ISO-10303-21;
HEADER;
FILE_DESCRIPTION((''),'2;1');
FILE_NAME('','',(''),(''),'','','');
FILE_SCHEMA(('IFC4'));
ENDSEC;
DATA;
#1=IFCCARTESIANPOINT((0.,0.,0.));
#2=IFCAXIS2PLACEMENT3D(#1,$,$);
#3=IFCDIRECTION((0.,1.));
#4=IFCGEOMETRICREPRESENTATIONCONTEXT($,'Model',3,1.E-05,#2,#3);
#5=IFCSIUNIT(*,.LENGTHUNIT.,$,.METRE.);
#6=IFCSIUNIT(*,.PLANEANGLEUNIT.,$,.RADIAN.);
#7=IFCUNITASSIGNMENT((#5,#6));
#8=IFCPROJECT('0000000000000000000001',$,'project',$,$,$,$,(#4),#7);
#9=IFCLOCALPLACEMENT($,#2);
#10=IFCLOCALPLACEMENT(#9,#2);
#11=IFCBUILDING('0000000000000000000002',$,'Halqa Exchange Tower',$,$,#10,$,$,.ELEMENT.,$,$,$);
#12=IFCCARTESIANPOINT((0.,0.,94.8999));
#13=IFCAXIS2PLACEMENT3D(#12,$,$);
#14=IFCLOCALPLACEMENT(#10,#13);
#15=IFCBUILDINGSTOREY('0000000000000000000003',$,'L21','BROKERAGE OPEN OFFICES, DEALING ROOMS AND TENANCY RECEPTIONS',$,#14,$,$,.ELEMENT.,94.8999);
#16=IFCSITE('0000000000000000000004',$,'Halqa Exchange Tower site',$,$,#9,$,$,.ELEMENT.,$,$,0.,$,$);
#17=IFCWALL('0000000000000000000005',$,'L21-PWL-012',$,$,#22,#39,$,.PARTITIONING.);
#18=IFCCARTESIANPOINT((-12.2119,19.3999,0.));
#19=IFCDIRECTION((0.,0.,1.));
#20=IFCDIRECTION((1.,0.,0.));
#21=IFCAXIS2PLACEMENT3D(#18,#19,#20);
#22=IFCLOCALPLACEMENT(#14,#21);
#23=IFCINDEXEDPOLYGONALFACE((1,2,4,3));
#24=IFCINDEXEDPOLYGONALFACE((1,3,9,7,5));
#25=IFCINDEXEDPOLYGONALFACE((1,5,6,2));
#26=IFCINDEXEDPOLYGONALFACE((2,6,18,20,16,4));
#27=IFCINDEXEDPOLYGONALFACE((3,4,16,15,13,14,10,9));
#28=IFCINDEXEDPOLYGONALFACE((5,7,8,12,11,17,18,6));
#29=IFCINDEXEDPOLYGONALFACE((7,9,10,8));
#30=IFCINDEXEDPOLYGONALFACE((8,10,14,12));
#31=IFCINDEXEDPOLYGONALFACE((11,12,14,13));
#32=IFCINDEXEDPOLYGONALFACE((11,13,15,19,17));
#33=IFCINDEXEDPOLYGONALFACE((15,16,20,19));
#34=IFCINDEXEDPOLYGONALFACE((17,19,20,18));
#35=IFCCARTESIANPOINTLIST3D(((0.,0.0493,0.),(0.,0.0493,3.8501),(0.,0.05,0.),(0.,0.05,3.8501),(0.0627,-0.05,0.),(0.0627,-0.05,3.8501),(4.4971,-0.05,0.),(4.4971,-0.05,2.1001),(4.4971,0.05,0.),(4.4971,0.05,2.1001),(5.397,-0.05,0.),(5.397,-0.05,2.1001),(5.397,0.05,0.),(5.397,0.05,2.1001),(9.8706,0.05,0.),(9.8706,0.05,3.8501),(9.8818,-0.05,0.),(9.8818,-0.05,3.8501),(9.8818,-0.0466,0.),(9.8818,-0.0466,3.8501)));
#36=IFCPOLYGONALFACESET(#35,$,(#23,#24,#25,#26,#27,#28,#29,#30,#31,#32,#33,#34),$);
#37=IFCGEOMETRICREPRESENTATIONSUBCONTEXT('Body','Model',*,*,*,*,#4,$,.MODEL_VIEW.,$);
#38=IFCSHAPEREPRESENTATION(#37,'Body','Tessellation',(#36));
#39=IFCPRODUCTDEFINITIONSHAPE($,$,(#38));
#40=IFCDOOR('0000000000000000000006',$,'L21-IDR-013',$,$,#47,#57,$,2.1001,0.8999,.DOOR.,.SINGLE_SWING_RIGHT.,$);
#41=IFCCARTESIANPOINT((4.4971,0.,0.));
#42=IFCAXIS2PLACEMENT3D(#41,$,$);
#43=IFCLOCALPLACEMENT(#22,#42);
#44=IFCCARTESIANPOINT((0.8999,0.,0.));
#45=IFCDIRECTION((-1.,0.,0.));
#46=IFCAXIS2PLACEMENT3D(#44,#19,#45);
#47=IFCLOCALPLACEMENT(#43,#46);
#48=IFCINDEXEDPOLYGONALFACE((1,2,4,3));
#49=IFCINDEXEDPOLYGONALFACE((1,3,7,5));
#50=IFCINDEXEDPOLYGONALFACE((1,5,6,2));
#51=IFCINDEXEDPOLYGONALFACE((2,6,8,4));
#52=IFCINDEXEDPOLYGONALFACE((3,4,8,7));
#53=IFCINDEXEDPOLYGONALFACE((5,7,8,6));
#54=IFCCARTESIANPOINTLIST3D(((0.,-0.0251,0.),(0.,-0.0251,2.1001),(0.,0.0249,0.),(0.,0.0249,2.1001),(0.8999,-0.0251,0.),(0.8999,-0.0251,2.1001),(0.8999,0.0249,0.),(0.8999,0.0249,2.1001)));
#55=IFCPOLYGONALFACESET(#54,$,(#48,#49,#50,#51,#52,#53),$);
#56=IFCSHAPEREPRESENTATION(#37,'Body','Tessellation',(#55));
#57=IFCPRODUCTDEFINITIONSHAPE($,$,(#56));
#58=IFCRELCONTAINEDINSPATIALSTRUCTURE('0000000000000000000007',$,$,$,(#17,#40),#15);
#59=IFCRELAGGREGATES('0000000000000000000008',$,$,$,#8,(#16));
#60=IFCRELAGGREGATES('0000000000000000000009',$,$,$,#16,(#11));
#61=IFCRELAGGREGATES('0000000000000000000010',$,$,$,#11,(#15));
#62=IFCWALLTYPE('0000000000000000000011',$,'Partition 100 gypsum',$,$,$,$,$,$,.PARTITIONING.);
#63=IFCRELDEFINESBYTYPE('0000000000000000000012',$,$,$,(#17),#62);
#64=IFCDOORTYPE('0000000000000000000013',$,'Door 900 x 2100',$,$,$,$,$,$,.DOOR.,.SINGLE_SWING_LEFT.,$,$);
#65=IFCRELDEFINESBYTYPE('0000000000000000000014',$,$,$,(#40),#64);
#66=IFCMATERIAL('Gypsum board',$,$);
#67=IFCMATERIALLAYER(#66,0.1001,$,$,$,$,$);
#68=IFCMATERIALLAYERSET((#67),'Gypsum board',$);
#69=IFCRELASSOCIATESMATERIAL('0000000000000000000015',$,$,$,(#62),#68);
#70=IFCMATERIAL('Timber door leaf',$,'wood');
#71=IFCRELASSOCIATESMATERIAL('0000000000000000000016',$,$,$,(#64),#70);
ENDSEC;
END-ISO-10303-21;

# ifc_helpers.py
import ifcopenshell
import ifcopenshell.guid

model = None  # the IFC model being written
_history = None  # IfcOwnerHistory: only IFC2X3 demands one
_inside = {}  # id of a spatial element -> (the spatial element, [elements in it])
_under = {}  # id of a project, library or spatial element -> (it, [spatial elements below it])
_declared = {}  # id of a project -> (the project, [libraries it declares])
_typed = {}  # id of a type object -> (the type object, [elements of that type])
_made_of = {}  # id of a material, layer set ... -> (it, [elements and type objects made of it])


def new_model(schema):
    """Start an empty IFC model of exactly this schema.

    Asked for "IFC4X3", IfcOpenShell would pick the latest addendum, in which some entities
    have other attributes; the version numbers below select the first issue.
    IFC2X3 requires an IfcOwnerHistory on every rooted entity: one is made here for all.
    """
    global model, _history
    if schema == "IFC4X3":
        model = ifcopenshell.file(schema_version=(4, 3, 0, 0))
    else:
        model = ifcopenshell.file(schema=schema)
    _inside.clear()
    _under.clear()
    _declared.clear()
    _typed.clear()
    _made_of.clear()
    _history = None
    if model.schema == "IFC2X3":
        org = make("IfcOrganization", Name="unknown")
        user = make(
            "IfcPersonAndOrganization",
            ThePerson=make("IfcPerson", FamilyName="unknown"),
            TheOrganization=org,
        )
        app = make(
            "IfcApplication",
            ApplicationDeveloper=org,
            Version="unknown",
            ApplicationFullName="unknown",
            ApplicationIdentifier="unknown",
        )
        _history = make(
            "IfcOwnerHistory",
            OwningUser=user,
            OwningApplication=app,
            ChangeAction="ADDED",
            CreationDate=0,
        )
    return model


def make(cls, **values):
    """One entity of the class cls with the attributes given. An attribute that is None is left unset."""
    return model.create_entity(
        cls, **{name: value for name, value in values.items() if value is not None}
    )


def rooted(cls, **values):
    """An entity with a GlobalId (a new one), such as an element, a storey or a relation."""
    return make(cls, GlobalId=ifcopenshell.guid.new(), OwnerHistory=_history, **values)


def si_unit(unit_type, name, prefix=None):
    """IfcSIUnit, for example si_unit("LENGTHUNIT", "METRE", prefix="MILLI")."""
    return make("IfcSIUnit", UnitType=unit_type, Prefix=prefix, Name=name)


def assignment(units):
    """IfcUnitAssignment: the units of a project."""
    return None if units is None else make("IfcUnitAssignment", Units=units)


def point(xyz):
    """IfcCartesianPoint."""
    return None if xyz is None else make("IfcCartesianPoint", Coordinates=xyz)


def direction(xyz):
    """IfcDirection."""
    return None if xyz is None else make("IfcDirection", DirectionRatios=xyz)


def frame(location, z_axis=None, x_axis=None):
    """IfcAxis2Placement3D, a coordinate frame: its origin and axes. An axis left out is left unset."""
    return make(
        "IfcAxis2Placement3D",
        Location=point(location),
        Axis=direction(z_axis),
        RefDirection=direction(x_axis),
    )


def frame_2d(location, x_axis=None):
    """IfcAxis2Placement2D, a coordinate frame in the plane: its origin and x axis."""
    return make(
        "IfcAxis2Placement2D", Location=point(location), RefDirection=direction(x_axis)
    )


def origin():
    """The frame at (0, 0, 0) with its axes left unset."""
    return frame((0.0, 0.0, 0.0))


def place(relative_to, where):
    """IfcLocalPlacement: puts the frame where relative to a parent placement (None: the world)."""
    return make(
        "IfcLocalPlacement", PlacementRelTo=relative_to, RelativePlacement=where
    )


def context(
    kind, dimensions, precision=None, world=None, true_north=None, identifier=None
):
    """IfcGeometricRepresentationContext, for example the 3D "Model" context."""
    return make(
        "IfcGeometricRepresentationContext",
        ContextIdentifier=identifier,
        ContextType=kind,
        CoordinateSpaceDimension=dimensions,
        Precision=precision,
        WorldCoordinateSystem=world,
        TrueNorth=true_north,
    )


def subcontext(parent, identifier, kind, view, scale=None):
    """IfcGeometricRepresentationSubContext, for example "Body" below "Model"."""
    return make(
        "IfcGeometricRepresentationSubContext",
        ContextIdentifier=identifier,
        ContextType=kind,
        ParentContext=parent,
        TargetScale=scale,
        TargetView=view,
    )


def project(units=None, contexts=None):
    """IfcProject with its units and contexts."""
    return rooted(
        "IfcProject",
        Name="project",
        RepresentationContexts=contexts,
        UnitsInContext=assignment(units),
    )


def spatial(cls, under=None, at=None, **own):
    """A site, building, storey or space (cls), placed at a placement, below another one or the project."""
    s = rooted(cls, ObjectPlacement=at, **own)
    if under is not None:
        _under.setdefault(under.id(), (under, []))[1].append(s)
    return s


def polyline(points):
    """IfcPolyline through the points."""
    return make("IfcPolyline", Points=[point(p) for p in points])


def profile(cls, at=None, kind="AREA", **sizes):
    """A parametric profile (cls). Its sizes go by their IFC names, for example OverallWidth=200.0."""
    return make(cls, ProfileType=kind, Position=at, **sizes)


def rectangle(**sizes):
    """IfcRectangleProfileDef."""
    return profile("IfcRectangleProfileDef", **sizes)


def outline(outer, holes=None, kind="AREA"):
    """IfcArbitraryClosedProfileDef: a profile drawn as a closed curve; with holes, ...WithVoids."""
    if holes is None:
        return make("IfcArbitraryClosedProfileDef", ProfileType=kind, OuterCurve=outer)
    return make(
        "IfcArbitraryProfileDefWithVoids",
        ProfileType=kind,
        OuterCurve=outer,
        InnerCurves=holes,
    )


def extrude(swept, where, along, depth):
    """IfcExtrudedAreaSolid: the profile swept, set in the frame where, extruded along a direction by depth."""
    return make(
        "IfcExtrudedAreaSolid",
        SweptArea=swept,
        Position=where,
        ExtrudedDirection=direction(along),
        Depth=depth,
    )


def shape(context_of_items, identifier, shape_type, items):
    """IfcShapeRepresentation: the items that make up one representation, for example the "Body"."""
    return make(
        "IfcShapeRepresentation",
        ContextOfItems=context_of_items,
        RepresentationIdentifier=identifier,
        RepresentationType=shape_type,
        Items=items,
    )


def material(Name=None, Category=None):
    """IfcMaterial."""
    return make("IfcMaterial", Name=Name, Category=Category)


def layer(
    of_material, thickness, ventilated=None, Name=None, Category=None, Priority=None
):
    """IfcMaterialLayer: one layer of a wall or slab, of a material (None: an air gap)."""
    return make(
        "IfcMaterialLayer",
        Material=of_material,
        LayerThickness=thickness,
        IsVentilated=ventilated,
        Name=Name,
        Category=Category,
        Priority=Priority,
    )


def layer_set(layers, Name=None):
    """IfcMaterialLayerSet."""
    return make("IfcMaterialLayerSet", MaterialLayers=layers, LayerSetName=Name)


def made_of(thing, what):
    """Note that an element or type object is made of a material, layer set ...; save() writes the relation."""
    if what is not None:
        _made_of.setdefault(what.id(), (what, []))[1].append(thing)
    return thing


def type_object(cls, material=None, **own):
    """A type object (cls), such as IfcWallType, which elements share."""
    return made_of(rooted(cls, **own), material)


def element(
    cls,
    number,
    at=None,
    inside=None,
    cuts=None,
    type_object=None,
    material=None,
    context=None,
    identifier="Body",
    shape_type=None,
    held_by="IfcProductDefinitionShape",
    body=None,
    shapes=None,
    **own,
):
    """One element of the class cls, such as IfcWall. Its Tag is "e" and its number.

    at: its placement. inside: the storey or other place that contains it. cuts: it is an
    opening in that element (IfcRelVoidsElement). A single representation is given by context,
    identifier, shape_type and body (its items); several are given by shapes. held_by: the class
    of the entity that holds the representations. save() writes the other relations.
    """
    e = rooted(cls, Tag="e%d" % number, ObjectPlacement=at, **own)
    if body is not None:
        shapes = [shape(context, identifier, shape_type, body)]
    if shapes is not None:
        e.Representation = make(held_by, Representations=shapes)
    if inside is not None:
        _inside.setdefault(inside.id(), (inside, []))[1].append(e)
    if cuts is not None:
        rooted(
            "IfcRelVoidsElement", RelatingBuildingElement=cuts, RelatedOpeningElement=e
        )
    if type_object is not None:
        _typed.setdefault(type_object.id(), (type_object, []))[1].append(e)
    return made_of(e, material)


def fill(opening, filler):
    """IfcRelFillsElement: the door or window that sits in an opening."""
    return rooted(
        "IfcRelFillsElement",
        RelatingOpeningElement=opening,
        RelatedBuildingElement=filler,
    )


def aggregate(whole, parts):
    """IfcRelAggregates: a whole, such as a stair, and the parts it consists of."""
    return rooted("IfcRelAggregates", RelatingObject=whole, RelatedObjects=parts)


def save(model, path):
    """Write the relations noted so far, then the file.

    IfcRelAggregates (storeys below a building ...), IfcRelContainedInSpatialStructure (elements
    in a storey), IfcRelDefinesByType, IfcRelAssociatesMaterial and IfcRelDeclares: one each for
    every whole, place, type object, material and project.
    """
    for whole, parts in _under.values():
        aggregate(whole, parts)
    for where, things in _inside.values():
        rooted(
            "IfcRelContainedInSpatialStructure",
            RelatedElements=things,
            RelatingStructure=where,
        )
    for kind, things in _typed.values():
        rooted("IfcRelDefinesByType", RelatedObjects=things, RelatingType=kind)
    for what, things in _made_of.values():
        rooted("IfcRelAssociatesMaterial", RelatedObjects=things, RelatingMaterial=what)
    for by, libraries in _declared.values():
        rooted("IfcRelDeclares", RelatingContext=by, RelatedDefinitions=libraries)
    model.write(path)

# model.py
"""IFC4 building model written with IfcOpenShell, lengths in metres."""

from ifc_helpers import new_model, si_unit, direction, frame, frame_2d, origin, place, context, subcontext, project, spatial, polyline, rectangle, outline, extrude, material, layer, layer_set, type_object, element, fill, save


model = new_model("IFC4")

# Units and contexts
model_context = context("Model", 3, precision=1e-05, world=origin(), true_north=direction((0.0, 1.0)))
body_context = subcontext(model_context, "Body", "Model", "MODEL_VIEW")
ifc_project = project(units=[si_unit("LENGTHUNIT", "METRE"), si_unit("PLANEANGLEUNIT", "RADIAN")], contexts=[model_context])

# Site, building, storey
site_placement = place(None, origin())
site = spatial("IfcSite", under=ifc_project, at=site_placement, Name="Halqa Exchange Tower site", CompositionType="ELEMENT", RefElevation=0.0)
building_placement = place(site_placement, origin())
building = spatial("IfcBuilding", under=site, at=building_placement, Name="Halqa Exchange Tower", CompositionType="ELEMENT")
storey_placement = place(building_placement, frame((0.0, 0.0, 94.8999)))
storey = spatial("IfcBuildingStorey", under=building, at=storey_placement, Name="L21", Description="BROKERAGE OPEN OFFICES, DEALING ROOMS AND TENANCY RECEPTIONS", CompositionType="ELEMENT", Elevation=94.8999)

# Wall, opening, door
ifc_material_1 = material(Name="Gypsum board")
ifc_layer_1 = layer(ifc_material_1, 0.1001)
ifc_layer_set_1 = layer_set([ifc_layer_1], Name="Gypsum board")
wall_type_1 = type_object("IfcWallType", Name="Partition 100 gypsum", PredefinedType="PARTITIONING", material=ifc_layer_set_1)
wall_1_placement = place(storey_placement, frame((-12.2119, 19.3999, 0.0), z_axis=(0.0, 0.0, 1.0), x_axis=(1.0, 0.0, 0.0)))
wall_1 = element("IfcWall", 1, at=wall_1_placement, inside=storey, type_object=wall_type_1, Name="L21-PWL-012", PredefinedType="PARTITIONING", context=body_context, shape_type="SweptSolid", body=[
    extrude(outline(polyline([(9.8818, -0.05), (9.8818, -0.0466), (9.8706, 0.05), (7.8965, 0.05), (5.9224, 0.05), (3.9482, 0.05), (1.9741, 0.05), (0.0, 0.05), (0.0, 0.0493), (0.0627, -0.05), (2.0266, -0.05), (3.9905, -0.05), (5.9541, -0.05), (7.918, -0.05), (9.8818, -0.05)])), origin(), (0.0, 0.0, 1.0), 3.8501),
])
opening_1_placement = place(wall_1_placement, frame((4.4971, 0.0, 0.0)))
opening_1 = element("IfcOpeningElement", 2, at=opening_1_placement, cuts=wall_1, PredefinedType="OPENING", context=body_context, shape_type="SweptSolid", body=[
    extrude(rectangle(XDim=0.8999, YDim=2.1001, at=frame_2d((0.45, 1.05))), frame((0.0, 0.062, 0.0), z_axis=(0.0, -1.0, 0.0), x_axis=(1.0, 0.0, 0.0)), (0.0, 0.0, 1.0), 0.124),
])
ifc_material_2 = material(Name="Timber door leaf", Category="wood")
door_type_1 = type_object("IfcDoorType", Name="Door 900 x 2100", OperationType="SINGLE_SWING_LEFT", PredefinedType="DOOR", material=ifc_material_2)
door_1_placement = place(opening_1_placement, frame((0.8999, 0.0, 0.0), z_axis=(0.0, 0.0, 1.0), x_axis=(-1.0, 0.0, 0.0)))
door_1 = element("IfcDoor", 3, at=door_1_placement, inside=storey, type_object=door_type_1, Name="L21-IDR-013", OperationType="SINGLE_SWING_RIGHT", OverallHeight=2.1001, OverallWidth=0.8999, PredefinedType="DOOR", context=body_context, shape_type="SweptSolid", body=[
    extrude(rectangle(XDim=0.8999, YDim=2.1001, at=frame_2d((0.45, 1.05))), frame((0.0, 0.0249, 0.0), z_axis=(0.0, -1.0, 0.0), x_axis=(1.0, 0.0, 0.0)), (0.0, 0.0, 1.0), 0.05),
])
fill(opening_1, door_1)

save(model, "model.ifc")
